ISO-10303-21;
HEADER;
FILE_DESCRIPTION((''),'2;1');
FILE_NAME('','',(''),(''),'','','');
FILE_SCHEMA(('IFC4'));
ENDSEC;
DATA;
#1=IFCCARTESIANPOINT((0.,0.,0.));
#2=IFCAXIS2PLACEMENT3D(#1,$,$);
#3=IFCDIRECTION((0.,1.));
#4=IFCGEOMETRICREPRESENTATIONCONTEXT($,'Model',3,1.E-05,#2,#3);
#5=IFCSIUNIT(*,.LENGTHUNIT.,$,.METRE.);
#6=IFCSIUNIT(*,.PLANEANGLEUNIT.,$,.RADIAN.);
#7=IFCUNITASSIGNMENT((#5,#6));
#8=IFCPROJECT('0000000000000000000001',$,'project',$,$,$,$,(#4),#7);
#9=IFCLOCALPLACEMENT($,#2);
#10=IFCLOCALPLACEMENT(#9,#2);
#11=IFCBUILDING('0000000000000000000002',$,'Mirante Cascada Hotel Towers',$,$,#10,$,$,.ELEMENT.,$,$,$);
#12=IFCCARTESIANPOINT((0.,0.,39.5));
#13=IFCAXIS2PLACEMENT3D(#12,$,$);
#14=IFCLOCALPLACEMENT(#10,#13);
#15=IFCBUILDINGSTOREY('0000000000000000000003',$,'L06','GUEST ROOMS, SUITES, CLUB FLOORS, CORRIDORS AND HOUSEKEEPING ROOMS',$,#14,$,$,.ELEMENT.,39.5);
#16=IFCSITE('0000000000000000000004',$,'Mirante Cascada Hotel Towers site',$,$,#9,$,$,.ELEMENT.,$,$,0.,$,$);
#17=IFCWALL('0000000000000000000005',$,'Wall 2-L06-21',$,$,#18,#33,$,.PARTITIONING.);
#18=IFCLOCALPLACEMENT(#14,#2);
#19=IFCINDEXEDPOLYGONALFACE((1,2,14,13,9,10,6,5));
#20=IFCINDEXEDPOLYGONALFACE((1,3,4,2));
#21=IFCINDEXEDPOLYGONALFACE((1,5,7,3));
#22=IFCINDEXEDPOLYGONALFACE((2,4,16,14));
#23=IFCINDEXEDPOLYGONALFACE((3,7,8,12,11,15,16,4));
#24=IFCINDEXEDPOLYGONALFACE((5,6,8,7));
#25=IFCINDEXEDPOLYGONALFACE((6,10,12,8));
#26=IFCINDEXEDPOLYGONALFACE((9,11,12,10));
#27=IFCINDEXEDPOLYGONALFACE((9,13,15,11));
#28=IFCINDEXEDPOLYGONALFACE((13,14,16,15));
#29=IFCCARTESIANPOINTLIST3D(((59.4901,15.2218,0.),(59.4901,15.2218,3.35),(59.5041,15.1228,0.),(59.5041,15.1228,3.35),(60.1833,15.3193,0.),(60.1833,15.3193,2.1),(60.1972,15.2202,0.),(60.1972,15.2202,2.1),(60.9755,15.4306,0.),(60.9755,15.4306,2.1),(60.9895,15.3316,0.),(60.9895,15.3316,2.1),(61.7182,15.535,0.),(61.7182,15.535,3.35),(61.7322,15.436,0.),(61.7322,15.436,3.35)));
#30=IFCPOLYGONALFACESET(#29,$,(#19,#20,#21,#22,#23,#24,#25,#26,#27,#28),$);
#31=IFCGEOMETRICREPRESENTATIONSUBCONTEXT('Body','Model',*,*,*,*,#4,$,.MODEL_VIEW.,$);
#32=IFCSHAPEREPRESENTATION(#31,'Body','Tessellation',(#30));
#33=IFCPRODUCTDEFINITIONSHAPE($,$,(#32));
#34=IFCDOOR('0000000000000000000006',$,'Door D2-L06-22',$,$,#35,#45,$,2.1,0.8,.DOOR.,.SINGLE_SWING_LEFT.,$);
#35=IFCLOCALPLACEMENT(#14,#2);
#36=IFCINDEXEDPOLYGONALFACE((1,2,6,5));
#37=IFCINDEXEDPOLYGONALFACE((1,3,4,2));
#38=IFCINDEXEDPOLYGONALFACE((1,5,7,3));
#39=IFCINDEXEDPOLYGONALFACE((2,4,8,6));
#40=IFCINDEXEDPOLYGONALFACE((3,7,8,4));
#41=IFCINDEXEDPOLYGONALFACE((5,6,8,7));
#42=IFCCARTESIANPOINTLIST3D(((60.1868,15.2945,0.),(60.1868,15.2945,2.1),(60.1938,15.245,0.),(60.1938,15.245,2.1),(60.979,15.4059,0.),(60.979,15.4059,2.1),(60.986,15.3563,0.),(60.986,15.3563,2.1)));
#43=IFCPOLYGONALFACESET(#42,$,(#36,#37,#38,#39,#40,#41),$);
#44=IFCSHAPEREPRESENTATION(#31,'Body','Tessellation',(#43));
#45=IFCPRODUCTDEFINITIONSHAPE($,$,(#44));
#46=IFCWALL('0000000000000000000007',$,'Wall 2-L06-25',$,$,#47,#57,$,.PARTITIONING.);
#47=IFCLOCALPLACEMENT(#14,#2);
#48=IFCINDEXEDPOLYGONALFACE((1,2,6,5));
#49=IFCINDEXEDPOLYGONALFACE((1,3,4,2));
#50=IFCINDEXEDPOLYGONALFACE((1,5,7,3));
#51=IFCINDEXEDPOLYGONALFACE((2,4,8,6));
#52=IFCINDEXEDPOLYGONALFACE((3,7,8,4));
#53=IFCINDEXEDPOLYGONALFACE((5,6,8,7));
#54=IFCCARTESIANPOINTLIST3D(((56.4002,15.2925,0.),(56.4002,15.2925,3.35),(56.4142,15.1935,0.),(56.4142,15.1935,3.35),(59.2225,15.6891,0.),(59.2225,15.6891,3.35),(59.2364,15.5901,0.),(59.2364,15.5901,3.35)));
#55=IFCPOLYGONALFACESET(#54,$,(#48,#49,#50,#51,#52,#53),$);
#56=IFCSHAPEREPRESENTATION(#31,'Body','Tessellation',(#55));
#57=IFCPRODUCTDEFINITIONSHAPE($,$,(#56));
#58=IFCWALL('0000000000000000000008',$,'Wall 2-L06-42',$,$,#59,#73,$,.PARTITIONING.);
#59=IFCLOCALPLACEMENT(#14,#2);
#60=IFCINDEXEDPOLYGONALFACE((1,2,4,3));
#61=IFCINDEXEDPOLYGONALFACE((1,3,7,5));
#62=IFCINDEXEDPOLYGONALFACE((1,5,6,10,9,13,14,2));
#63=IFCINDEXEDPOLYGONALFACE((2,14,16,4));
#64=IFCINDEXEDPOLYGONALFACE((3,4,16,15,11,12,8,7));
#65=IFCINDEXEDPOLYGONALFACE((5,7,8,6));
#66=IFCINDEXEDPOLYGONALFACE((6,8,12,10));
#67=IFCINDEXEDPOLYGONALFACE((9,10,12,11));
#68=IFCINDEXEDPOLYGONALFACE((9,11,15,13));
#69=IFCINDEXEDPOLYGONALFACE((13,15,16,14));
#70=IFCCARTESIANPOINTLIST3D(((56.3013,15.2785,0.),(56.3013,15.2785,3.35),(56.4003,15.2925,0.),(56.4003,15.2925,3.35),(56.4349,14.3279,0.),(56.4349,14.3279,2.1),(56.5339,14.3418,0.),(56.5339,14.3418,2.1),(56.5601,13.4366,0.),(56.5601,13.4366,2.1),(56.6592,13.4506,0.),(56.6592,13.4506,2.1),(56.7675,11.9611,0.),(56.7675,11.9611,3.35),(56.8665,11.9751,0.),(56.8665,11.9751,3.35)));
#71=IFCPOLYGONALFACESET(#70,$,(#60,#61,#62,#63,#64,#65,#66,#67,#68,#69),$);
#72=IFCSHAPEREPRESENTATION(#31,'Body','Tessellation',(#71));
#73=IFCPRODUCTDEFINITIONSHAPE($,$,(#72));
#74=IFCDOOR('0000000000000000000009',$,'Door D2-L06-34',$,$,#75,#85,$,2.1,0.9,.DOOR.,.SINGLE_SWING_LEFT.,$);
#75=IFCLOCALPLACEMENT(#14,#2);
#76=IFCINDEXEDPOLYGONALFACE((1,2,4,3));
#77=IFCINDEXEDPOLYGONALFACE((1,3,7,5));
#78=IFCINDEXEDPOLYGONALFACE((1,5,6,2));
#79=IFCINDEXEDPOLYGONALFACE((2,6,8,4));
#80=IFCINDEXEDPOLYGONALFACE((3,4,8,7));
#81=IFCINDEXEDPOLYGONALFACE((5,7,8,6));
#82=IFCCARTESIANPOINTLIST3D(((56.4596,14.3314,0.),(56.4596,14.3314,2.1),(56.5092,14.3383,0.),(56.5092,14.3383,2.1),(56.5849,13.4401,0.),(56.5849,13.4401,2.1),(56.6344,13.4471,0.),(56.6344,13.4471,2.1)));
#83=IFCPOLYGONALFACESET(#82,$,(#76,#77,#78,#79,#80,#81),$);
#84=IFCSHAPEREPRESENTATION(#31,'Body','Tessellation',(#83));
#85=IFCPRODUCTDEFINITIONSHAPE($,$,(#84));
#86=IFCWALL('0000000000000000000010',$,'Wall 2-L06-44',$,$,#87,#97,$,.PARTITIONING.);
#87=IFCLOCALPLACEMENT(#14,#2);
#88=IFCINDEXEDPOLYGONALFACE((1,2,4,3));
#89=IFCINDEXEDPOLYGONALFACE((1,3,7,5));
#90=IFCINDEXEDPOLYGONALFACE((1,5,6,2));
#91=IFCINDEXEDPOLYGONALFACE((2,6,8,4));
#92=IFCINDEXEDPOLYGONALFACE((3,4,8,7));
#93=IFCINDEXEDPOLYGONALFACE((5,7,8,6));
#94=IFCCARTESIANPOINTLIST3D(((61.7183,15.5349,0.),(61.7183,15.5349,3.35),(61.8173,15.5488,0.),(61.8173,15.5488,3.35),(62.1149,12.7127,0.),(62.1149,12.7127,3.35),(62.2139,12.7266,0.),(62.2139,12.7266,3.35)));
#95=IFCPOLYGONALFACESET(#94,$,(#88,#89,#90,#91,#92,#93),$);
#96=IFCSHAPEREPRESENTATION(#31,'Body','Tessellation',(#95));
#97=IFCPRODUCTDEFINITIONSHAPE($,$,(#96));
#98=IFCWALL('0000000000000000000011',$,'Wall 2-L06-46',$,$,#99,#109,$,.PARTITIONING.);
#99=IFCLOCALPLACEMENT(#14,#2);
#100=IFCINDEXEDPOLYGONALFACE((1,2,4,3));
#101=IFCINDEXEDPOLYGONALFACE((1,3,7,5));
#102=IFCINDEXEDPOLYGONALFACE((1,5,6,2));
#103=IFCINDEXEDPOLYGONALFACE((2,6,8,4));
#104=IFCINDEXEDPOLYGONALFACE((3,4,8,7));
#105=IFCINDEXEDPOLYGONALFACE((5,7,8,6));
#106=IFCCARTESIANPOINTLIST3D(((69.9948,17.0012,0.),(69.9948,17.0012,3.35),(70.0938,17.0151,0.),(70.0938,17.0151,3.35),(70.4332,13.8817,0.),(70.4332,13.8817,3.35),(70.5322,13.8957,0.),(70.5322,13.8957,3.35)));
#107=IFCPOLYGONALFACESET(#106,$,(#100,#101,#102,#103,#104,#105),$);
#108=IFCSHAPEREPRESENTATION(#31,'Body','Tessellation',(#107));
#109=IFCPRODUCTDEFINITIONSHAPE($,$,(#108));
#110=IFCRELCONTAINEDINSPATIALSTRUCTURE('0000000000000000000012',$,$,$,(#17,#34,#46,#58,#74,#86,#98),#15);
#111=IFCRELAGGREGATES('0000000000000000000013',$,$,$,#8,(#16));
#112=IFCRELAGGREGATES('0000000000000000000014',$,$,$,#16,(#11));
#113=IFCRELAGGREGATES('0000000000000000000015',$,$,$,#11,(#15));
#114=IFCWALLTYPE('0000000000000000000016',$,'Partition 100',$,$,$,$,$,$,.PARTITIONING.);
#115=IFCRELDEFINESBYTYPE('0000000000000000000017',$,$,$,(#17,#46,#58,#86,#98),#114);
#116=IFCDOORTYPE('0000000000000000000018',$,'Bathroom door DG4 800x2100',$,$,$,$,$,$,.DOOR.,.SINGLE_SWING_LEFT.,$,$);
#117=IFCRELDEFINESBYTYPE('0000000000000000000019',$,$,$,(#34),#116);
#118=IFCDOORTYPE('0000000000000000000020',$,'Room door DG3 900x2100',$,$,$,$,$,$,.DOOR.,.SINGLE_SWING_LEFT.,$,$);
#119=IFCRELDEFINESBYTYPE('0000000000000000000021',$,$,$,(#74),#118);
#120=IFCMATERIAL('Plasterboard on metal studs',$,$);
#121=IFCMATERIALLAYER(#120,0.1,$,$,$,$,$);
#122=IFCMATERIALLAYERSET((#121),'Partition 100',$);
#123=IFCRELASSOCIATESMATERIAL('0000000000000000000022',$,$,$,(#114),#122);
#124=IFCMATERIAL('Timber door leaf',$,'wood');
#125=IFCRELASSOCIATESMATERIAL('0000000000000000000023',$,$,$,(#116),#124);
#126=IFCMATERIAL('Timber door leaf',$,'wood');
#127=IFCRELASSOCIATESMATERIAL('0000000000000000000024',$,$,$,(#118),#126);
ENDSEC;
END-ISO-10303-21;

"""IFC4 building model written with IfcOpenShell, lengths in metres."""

from ifc_helpers import new_model, si_unit, direction, frame, frame_2d, origin, place, context, subcontext, project, spatial, rectangle, extrude, material, layer, layer_set, type_object, element, fill, save


model = new_model("IFC4")

# Units and contexts
model_context = context("Model", 3, precision=1e-05, world=origin(), true_north=direction((0.0, 1.0)))
body_context = subcontext(model_context, "Body", "Model", "MODEL_VIEW")
ifc_project = project(units=[si_unit("LENGTHUNIT", "METRE"), si_unit("PLANEANGLEUNIT", "RADIAN")], contexts=[model_context])

# Site, building, storey
site_placement = place(None, origin())
site = spatial("IfcSite", under=ifc_project, at=site_placement, Name="Mirante Cascada Hotel Towers site", CompositionType="ELEMENT", RefElevation=0.0)
building_placement = place(site_placement, origin())
building = spatial("IfcBuilding", under=site, at=building_placement, Name="Mirante Cascada Hotel Towers", CompositionType="ELEMENT")
storey_placement = place(building_placement, frame((0.0, 0.0, 39.5)))
storey = spatial("IfcBuildingStorey", under=building, at=storey_placement, Name="L06", Description="GUEST ROOMS, SUITES, CLUB FLOORS, CORRIDORS AND HOUSEKEEPING ROOMS", CompositionType="ELEMENT", Elevation=39.5)

# Shared definitions
ifc_material_1 = material(Name="Plasterboard on metal studs")
ifc_layer_1 = layer(ifc_material_1, 0.1)
ifc_layer_set_1 = layer_set([ifc_layer_1], Name="Partition 100")
wall_type = type_object("IfcWallType", Name="Partition 100", PredefinedType="PARTITIONING", material=ifc_layer_set_1)
ifc_material_2 = material(Name="Timber door leaf", Category="wood")
door_type_1 = type_object("IfcDoorType", Name="Bathroom door DG4 800x2100", OperationType="SINGLE_SWING_LEFT", PredefinedType="DOOR", material=ifc_material_2)

# Wall, opening, door
wall_1_placement = place(storey_placement, frame((59.4971, 15.1723, 0.0), z_axis=(0.0, 0.0, 1.0), x_axis=(0.990264, 0.1392, 0.0)))
wall_1 = element("IfcWall", 1, at=wall_1_placement, inside=storey, type_object=wall_type, Name="Wall 2-L06-21", PredefinedType="PARTITIONING", context=body_context, shape_type="SweptSolid", body=[
    extrude(rectangle(XDim=2.25, YDim=0.1, at=frame_2d((1.125, 0.0))), origin(), (0.0, 0.0, 1.0), 3.35),
])
opening_1_placement = place(wall_1_placement, frame((0.7, 0.0, 0.0)))
opening_1 = element("IfcOpeningElement", 2, at=opening_1_placement, cuts=wall_1, PredefinedType="OPENING", context=body_context, shape_type="SweptSolid", body=[
    extrude(rectangle(XDim=0.8, YDim=2.1, at=frame_2d((0.4, 1.05))), frame((0.0, 0.05, 0.0), z_axis=(0.0, -1.0, 0.0), x_axis=(1.0, 0.0, 0.0)), (0.0, 0.0, 1.0), 0.1),
])
door_1_placement = place(opening_1_placement, origin())
door_1 = element("IfcDoor", 3, at=door_1_placement, inside=storey, type_object=door_type_1, Name="Door D2-L06-22", OperationType="SINGLE_SWING_LEFT", OverallHeight=2.1, OverallWidth=0.8, PredefinedType="DOOR", context=body_context, shape_type="SweptSolid", body=[
    extrude(rectangle(XDim=0.8, YDim=2.1, at=frame_2d((0.4, 1.05))), frame((0.0, 0.025, 0.0), z_axis=(0.0, -1.0, 0.0), x_axis=(1.0, 0.0, 0.0)), (0.0, 0.0, 1.0), 0.05),
])
fill(opening_1, door_1)

# Wall
wall_2_placement = place(storey_placement, frame((56.4072, 15.243, 0.0), z_axis=(0.0, 0.0, 1.0), x_axis=(0.99027, 0.139156, 0.0)))
element("IfcWall", 4, at=wall_2_placement, inside=storey, type_object=wall_type, Name="Wall 2-L06-25", PredefinedType="PARTITIONING", context=body_context, shape_type="SweptSolid", body=[
    extrude(rectangle(XDim=2.85, YDim=0.1, at=frame_2d((1.425, 0.0))), origin(), (0.0, 0.0, 1.0), 3.35),
])

# Wall, opening, door
wall_3_placement = place(storey_placement, frame((56.3508, 15.2855, 0.0), z_axis=(0.0, 0.0, 1.0), x_axis=(0.139164, -0.990269, 0.0)))
wall_3 = element("IfcWall", 5, at=wall_3_placement, inside=storey, type_object=wall_type, Name="Wall 2-L06-42", PredefinedType="PARTITIONING", context=body_context, shape_type="SweptSolid", body=[
    extrude(rectangle(XDim=3.35, YDim=0.1, at=frame_2d((1.675, 0.0))), origin(), (0.0, 0.0, 1.0), 3.35),
])
opening_2_placement = place(wall_3_placement, frame((0.96, 0.0, 0.0)))
opening_2 = element("IfcOpeningElement", 6, at=opening_2_placement, cuts=wall_3, PredefinedType="OPENING", context=body_context, shape_type="SweptSolid", body=[
    extrude(rectangle(XDim=0.9, YDim=2.1, at=frame_2d((0.45, 1.05))), frame((0.0, 0.05, 0.0), z_axis=(0.0, -1.0, 0.0), x_axis=(1.0, 0.0, 0.0)), (0.0, 0.0, 1.0), 0.1),
])
ifc_material_3 = material(Name="Timber door leaf", Category="wood")
door_type_2 = type_object("IfcDoorType", Name="Room door DG3 900x2100", OperationType="SINGLE_SWING_LEFT", PredefinedType="DOOR", material=ifc_material_3)
door_2_placement = place(opening_2_placement, origin())
door_2 = element("IfcDoor", 7, at=door_2_placement, inside=storey, type_object=door_type_2, Name="Door D2-L06-34", OperationType="SINGLE_SWING_LEFT", OverallHeight=2.1, OverallWidth=0.9, PredefinedType="DOOR", context=body_context, shape_type="SweptSolid", body=[
    extrude(rectangle(XDim=0.9, YDim=2.1, at=frame_2d((0.45, 1.05))), frame((0.0, 0.025, 0.0), z_axis=(0.0, -1.0, 0.0), x_axis=(1.0, 0.0, 0.0)), (0.0, 0.0, 1.0), 0.05),
])
fill(opening_2, door_2)

# Walls
wall_4_placement = place(storey_placement, frame((61.7678, 15.5419, 0.0), z_axis=(0.0, 0.0, 1.0), x_axis=(0.139161, -0.99027, 0.0)))
element("IfcWall", 8, at=wall_4_placement, inside=storey, type_object=wall_type, Name="Wall 2-L06-44", PredefinedType="PARTITIONING", context=body_context, shape_type="SweptSolid", body=[
    extrude(rectangle(XDim=2.8499, YDim=0.1, at=frame_2d((1.425, 0.0))), origin(), (0.0, 0.0, 1.0), 3.35),
])
wall_5_placement = place(storey_placement, frame((70.0443, 17.0081, 0.0), z_axis=(0.0, 0.0, 1.0), x_axis=(0.139172, -0.990268, 0.0)))
element("IfcWall", 9, at=wall_5_placement, inside=storey, type_object=wall_type, Name="Wall 2-L06-46", PredefinedType="PARTITIONING", context=body_context, shape_type="SweptSolid", body=[
    extrude(rectangle(XDim=3.1501, YDim=0.1, at=frame_2d((1.575, 0.0))), origin(), (0.0, 0.0, 1.0), 3.35),
])

save(model, "model.ifc")
